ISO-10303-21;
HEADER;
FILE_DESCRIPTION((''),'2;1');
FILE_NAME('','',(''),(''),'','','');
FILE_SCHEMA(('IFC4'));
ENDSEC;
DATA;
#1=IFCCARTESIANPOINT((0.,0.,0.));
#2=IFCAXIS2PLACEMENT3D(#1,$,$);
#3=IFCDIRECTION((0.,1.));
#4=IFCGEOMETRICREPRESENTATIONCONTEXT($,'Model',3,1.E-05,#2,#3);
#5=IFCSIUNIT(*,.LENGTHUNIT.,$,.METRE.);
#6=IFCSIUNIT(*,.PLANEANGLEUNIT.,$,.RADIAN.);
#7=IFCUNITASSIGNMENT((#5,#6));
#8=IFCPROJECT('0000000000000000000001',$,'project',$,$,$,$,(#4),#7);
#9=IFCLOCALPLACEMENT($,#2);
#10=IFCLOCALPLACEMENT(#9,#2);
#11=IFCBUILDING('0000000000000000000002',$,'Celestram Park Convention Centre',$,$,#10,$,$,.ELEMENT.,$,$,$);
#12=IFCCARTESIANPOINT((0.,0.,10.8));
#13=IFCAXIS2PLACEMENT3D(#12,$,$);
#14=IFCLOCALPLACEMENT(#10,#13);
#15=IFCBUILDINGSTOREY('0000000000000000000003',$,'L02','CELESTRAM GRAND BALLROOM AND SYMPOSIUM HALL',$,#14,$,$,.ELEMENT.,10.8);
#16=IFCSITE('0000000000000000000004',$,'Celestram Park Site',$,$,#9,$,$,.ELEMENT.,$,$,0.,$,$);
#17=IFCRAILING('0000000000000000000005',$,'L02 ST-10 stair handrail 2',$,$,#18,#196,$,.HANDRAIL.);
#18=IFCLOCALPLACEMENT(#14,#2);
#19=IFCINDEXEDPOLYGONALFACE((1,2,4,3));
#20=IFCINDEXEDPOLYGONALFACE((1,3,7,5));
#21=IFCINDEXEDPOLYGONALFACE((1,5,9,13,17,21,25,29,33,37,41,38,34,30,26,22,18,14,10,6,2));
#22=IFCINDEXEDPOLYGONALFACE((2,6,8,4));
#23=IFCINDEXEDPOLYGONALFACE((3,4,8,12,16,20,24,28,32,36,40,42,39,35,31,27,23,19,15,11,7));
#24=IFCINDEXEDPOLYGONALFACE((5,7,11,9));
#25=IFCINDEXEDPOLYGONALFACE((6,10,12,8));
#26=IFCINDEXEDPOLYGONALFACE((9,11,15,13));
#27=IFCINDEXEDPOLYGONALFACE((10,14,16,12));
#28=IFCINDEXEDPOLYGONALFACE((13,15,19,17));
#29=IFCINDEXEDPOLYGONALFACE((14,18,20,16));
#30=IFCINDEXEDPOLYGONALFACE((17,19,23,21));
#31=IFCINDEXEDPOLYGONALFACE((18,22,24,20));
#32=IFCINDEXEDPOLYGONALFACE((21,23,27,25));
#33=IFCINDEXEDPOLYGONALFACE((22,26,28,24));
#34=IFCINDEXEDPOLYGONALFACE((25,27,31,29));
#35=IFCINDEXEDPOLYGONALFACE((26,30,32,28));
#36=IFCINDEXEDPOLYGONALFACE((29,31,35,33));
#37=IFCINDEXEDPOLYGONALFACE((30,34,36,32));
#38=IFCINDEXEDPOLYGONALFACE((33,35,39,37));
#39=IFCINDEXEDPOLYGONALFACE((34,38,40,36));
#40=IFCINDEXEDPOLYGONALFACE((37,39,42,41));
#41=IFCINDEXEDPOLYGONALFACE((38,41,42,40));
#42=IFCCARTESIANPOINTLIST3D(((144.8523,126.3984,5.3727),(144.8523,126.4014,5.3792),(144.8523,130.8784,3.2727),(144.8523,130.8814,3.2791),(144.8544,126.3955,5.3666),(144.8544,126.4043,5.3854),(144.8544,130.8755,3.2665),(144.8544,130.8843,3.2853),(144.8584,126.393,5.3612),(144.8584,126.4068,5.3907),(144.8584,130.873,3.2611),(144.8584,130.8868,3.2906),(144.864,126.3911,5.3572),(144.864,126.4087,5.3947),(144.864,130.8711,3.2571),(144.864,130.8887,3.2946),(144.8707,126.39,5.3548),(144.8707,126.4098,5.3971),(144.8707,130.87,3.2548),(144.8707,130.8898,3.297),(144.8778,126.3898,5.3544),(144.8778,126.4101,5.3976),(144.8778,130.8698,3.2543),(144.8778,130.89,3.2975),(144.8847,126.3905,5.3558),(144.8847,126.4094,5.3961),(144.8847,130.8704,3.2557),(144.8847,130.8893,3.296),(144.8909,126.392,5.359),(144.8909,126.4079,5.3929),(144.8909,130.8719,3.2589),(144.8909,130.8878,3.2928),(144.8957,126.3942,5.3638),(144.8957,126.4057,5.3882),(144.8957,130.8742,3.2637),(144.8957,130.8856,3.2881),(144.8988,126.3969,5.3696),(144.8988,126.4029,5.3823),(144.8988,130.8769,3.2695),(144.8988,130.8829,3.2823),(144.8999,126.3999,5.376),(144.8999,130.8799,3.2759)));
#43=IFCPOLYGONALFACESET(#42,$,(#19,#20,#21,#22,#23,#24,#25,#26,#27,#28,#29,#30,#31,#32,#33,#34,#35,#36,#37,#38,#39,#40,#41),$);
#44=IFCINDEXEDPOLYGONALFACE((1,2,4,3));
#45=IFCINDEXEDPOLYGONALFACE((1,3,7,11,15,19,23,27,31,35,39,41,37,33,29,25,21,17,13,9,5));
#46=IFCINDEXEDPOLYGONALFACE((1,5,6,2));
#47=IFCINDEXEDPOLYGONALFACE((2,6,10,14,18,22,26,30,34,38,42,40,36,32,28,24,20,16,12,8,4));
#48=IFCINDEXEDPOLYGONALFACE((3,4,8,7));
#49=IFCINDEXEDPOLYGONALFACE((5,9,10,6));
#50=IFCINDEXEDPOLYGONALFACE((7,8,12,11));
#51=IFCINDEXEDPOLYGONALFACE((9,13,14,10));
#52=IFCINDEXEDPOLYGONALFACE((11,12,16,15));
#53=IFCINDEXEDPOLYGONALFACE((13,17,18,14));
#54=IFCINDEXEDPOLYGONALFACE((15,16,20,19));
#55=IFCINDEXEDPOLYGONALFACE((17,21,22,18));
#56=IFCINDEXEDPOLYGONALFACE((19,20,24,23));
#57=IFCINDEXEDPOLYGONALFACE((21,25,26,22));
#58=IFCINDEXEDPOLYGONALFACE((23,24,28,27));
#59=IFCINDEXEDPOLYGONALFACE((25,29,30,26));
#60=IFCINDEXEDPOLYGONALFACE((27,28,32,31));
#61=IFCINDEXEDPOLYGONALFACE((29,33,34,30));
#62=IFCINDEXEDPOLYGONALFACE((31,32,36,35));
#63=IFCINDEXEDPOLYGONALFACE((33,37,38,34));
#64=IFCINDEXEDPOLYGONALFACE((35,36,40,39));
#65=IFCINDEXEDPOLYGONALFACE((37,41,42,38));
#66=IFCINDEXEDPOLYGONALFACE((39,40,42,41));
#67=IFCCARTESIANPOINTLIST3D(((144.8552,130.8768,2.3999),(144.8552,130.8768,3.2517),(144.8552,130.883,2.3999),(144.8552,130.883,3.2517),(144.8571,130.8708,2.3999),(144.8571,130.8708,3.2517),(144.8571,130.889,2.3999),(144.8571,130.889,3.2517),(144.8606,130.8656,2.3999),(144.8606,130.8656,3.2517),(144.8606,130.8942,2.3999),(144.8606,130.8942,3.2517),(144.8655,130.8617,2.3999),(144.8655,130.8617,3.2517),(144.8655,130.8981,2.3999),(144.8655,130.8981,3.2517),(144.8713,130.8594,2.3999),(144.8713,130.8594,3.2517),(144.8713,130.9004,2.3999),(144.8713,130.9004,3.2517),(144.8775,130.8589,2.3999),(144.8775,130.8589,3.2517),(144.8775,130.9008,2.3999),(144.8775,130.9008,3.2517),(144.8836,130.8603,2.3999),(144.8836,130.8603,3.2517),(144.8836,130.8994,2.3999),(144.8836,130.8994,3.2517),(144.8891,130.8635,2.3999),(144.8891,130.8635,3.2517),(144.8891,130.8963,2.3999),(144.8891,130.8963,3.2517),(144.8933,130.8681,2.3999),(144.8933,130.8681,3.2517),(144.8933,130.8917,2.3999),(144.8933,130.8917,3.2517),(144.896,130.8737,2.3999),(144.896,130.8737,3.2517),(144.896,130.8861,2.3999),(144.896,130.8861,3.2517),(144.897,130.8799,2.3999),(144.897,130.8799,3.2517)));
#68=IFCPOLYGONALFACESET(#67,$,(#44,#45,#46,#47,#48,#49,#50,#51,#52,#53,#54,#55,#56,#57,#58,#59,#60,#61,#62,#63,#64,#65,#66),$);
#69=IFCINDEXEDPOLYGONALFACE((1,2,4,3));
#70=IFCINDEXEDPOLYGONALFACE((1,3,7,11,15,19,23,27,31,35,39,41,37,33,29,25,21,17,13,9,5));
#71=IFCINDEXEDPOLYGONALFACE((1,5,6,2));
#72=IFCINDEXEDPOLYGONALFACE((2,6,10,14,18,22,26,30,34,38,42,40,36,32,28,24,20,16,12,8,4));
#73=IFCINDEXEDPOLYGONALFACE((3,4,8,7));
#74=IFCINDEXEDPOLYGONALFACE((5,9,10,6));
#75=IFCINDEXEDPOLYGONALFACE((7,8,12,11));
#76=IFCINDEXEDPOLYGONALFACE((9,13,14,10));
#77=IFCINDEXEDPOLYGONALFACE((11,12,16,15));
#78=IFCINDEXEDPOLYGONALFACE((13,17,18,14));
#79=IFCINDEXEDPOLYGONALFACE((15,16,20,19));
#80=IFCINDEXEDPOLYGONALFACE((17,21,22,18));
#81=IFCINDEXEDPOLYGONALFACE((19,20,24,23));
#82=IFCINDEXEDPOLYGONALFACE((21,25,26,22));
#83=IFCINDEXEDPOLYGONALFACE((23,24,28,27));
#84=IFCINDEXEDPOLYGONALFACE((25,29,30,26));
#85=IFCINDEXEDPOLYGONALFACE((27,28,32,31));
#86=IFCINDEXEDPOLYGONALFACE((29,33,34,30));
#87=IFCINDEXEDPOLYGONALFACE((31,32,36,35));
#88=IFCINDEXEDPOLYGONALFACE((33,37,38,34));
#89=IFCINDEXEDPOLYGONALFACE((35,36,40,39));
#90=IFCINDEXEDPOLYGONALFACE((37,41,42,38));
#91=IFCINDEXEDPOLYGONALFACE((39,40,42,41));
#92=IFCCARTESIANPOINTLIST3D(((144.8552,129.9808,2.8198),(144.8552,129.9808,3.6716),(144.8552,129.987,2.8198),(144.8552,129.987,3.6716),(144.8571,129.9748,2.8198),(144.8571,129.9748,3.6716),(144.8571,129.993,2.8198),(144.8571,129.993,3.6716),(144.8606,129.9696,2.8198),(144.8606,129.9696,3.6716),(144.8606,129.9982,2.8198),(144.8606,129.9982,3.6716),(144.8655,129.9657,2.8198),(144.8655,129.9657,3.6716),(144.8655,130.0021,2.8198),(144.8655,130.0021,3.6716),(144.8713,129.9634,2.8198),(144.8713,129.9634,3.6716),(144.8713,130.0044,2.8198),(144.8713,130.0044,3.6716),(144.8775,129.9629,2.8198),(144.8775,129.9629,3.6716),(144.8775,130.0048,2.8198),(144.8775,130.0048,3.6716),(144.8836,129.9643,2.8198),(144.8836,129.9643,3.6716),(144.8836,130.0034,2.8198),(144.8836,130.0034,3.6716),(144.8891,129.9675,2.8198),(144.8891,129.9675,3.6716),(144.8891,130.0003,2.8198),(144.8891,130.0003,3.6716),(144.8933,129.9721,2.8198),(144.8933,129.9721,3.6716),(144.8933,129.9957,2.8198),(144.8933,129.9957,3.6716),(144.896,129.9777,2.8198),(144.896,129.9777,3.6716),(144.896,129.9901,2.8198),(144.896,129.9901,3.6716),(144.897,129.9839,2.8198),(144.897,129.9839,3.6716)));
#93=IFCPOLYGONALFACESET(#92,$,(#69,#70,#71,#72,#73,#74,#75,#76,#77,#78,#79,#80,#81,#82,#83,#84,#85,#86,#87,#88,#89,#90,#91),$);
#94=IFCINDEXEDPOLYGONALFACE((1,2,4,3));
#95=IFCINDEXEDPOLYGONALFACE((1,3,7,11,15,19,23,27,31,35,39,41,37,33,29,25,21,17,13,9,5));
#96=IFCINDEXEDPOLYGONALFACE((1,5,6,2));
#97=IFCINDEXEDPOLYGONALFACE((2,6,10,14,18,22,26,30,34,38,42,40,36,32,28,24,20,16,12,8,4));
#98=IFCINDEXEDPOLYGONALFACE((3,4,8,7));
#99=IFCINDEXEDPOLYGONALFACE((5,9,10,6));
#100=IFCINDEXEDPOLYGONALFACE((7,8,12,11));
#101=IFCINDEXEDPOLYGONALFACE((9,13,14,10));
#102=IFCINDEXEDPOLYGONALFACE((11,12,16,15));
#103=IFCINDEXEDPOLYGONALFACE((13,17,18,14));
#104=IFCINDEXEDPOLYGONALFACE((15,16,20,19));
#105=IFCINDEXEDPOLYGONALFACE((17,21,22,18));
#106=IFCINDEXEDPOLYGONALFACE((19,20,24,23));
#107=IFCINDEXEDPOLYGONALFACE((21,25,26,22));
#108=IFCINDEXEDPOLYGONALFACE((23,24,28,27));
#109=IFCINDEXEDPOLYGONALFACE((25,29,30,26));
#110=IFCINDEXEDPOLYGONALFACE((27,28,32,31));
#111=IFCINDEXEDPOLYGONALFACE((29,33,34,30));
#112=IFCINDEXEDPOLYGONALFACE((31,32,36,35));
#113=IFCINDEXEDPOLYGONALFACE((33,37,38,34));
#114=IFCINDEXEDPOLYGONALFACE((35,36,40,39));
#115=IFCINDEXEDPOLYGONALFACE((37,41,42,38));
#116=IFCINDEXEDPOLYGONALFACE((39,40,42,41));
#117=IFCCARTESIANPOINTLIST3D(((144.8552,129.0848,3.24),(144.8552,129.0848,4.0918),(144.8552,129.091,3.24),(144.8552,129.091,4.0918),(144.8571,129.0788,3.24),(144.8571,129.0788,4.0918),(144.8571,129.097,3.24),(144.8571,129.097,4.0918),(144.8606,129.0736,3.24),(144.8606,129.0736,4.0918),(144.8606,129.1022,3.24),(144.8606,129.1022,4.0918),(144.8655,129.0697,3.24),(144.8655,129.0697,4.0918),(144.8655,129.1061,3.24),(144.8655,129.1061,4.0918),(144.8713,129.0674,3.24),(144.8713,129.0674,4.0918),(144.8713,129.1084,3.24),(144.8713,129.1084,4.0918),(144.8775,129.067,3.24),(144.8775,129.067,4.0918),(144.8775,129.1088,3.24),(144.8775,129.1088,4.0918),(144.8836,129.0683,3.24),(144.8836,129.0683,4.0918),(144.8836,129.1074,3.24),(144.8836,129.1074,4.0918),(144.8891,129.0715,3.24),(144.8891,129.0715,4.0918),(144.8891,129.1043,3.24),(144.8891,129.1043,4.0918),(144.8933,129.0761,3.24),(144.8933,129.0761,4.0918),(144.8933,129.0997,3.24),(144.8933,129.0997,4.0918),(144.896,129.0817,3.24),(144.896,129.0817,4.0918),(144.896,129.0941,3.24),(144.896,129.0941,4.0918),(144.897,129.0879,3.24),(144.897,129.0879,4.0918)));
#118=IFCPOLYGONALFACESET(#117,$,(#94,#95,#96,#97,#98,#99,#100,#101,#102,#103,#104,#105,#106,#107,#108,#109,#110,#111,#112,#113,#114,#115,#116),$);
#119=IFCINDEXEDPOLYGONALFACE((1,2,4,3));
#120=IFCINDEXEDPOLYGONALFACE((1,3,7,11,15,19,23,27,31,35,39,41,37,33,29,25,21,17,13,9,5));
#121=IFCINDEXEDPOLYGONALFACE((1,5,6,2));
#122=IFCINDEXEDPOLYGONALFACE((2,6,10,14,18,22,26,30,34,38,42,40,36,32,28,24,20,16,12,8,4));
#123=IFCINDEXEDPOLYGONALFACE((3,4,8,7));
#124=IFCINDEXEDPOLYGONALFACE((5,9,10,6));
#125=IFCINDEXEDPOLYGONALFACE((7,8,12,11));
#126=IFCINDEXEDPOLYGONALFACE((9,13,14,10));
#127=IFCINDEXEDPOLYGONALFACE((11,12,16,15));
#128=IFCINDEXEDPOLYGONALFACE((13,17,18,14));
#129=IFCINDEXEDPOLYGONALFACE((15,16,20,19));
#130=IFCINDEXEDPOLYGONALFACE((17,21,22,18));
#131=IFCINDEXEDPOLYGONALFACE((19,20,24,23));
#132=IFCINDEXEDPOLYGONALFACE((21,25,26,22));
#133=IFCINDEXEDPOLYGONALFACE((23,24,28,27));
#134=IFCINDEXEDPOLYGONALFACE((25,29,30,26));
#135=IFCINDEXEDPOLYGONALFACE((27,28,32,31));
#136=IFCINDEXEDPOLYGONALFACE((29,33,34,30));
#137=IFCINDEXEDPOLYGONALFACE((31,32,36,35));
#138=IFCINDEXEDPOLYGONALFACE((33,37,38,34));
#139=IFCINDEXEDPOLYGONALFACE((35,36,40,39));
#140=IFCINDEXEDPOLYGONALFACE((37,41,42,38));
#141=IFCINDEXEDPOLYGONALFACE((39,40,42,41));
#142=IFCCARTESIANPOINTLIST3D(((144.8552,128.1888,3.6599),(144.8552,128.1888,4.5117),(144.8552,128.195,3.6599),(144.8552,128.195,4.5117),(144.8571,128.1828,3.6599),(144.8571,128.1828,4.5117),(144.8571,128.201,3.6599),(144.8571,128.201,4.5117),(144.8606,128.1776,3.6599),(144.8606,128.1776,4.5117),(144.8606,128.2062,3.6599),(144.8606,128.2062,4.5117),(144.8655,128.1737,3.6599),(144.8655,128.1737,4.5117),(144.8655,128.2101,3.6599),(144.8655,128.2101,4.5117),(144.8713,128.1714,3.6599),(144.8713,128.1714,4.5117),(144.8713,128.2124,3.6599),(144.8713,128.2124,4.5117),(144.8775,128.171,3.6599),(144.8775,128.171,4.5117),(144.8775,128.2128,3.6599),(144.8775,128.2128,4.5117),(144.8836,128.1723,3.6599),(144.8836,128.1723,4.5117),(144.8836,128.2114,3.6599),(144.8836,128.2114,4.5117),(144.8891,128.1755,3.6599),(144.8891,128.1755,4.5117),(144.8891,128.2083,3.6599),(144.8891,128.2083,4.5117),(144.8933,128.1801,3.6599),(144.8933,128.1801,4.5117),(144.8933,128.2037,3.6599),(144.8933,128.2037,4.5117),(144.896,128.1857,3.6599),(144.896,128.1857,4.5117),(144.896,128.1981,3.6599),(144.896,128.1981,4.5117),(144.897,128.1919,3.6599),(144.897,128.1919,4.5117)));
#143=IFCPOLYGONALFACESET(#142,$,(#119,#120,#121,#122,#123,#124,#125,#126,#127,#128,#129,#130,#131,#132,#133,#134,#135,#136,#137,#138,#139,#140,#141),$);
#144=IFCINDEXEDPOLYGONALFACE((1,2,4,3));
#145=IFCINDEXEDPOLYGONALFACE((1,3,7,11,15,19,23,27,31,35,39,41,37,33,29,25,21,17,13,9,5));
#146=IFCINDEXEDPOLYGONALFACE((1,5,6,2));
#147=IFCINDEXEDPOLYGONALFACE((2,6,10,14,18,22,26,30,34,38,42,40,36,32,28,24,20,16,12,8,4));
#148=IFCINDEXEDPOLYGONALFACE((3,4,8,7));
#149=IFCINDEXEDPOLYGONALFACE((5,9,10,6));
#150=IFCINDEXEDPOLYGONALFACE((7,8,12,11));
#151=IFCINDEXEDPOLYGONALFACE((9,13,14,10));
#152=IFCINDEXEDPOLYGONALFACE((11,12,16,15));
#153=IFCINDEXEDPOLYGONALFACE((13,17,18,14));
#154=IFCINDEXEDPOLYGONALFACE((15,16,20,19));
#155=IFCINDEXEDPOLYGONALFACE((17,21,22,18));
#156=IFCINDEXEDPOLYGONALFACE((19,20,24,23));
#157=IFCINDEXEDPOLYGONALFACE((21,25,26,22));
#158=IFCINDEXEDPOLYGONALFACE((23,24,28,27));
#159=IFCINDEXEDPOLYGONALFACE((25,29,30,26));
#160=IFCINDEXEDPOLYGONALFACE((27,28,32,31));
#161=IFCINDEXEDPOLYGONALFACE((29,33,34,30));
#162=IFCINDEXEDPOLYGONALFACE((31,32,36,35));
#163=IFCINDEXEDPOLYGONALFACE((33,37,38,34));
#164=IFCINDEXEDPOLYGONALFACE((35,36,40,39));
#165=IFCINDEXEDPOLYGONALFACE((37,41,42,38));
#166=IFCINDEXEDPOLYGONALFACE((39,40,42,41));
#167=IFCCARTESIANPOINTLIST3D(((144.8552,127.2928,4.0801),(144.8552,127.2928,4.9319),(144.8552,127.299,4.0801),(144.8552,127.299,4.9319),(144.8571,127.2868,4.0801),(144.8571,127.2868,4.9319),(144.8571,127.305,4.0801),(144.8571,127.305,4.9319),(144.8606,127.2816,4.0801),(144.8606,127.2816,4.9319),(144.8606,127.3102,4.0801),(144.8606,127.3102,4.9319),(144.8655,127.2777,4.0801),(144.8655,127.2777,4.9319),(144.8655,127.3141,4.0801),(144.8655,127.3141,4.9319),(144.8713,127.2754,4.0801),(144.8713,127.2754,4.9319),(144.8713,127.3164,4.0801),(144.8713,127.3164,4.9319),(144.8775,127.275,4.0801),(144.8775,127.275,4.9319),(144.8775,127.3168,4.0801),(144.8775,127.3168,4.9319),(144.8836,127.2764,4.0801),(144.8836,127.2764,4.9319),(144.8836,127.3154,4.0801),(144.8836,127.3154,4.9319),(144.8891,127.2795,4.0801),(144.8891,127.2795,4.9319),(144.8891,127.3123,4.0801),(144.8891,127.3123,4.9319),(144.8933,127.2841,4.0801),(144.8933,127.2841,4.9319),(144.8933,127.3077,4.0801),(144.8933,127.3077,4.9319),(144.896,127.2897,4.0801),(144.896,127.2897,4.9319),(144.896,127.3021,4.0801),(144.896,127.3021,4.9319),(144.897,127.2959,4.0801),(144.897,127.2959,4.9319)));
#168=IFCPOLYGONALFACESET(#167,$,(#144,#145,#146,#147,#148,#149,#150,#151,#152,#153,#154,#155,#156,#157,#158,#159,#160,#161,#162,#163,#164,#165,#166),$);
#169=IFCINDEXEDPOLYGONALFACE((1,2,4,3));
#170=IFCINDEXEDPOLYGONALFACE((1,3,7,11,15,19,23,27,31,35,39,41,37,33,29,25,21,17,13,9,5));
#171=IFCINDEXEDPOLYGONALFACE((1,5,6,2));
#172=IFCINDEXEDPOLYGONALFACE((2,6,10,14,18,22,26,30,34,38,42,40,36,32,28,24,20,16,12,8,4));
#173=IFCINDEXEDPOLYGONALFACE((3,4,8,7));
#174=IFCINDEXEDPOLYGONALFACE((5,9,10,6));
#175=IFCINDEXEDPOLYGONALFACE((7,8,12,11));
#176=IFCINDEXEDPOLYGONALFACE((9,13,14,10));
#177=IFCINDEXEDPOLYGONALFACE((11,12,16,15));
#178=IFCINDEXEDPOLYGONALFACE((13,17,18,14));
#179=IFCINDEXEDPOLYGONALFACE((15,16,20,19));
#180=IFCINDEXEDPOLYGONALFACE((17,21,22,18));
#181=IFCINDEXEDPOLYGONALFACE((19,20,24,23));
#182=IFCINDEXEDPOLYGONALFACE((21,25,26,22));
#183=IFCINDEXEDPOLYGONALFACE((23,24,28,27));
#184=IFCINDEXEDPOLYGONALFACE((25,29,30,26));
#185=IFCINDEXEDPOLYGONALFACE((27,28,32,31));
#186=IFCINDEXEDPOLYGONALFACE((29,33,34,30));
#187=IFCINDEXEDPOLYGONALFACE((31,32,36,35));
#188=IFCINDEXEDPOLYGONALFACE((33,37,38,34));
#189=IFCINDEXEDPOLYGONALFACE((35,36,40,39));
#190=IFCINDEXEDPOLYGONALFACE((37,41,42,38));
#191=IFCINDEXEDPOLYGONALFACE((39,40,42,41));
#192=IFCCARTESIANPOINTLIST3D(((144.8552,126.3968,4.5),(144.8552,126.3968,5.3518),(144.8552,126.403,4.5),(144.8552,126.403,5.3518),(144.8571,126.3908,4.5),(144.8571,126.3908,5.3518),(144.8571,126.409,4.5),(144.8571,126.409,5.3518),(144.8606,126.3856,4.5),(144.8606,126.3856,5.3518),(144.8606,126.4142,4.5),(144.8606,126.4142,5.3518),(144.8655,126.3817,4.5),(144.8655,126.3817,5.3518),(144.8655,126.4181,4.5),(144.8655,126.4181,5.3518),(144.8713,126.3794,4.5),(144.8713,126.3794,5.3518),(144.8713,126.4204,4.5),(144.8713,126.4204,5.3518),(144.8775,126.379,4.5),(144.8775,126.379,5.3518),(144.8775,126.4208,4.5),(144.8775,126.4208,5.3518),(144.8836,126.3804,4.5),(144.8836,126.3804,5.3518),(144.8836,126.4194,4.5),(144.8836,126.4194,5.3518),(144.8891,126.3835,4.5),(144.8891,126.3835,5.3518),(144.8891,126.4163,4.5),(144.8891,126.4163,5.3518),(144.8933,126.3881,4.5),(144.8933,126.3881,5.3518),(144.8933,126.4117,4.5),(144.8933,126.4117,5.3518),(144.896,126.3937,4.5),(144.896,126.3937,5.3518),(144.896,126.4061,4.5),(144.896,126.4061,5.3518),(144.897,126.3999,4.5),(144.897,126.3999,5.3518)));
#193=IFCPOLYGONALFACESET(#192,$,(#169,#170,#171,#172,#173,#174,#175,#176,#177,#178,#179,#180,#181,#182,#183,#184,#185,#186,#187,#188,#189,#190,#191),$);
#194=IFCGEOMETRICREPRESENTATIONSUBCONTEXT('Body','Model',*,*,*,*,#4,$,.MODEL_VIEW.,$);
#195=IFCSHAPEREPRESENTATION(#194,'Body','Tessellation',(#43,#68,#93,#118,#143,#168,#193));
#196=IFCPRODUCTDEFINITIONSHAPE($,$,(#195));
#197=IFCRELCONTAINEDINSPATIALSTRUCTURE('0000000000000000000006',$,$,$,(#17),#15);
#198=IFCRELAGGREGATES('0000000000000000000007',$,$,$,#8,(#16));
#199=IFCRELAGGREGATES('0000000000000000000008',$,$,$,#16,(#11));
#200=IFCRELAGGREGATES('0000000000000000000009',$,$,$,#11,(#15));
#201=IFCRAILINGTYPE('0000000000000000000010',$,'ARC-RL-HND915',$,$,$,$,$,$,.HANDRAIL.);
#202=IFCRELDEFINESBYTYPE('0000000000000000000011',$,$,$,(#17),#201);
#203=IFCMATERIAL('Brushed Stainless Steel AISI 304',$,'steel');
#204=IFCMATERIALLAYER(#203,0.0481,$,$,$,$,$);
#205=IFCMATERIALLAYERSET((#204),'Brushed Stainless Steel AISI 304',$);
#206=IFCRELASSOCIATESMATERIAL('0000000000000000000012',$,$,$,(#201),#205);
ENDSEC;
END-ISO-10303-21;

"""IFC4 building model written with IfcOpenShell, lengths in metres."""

from ifc_helpers import new_model, si_unit, direction, frame, origin, origin_2d, place, context, subcontext, project, spatial, circle, extrude, material, layer, layer_set, type_object, element, save


model = new_model("IFC4")

# Units and contexts
model_context = context("Model", 3, precision=1e-05, world=origin(), true_north=direction((0.0, 1.0)))
body_context = subcontext(model_context, "Body", "Model", "MODEL_VIEW")
ifc_project = project(units=[si_unit("LENGTHUNIT", "METRE"), si_unit("PLANEANGLEUNIT", "RADIAN")], contexts=[model_context])

# Site, building, storey
site_placement = place(None, origin())
site = spatial("IfcSite", under=ifc_project, at=site_placement, Name="Celestram Park Site", CompositionType="ELEMENT", RefElevation=0.0)
building_placement = place(site_placement, origin())
building = spatial("IfcBuilding", under=site, at=building_placement, Name="Celestram Park Convention Centre", CompositionType="ELEMENT")
storey_placement = place(building_placement, frame((0.0, 0.0, 10.8)))
storey = spatial("IfcBuildingStorey", under=building, at=storey_placement, Name="L02", Description="CELESTRAM GRAND BALLROOM AND SYMPOSIUM HALL", CompositionType="ELEMENT", Elevation=10.8)

# Railing
ifc_material_1 = material(Name="Brushed Stainless Steel AISI 304", Category="steel")
ifc_layer_1 = layer(ifc_material_1, 0.0481)
ifc_layer_set_1 = layer_set([ifc_layer_1], Name="Brushed Stainless Steel AISI 304")
railing_type_1 = type_object("IfcRailingType", Name="ARC-RL-HND915", PredefinedType="HANDRAIL", material=ifc_layer_set_1)
railing_1_placement = place(storey_placement, frame((144.876, 130.8799, 2.3999)))
element("IfcRailing", 1, at=railing_1_placement, inside=storey, type_object=railing_type_1, Name="L02 ST-10 stair handrail 2", PredefinedType="HANDRAIL", context=body_context, shape_type="SweptSolid", body=[
    extrude(circle(Radius=0.0239, at=origin_2d()), frame((0.0, 0.0, 0.876), z_axis=(0.0, -0.905451, 0.424452), x_axis=(1.0, 0.0, 0.0)), (0.0, 0.0, 1.0), 4.9478),
    extrude(circle(Radius=0.021, at=origin_2d()), origin(), (0.0, 0.0, 1.0), 0.8518),
    extrude(circle(Radius=0.021, at=origin_2d()), frame((0.0, -0.896, 0.4199)), (0.0, 0.0, 1.0), 0.8518),
    extrude(circle(Radius=0.021, at=origin_2d()), frame((0.0, -1.792, 0.8401)), (0.0, 0.0, 1.0), 0.8518),
    extrude(circle(Radius=0.021, at=origin_2d()), frame((0.0, -2.688, 1.26)), (0.0, 0.0, 1.0), 0.8518),
    extrude(circle(Radius=0.021, at=origin_2d()), frame((0.0, -3.584, 1.6802)), (0.0, 0.0, 1.0), 0.8518),
    extrude(circle(Radius=0.021, at=origin_2d()), frame((0.0, -4.48, 2.1001)), (0.0, 0.0, 1.0), 0.8518),
])

save(model, "model.ifc")
